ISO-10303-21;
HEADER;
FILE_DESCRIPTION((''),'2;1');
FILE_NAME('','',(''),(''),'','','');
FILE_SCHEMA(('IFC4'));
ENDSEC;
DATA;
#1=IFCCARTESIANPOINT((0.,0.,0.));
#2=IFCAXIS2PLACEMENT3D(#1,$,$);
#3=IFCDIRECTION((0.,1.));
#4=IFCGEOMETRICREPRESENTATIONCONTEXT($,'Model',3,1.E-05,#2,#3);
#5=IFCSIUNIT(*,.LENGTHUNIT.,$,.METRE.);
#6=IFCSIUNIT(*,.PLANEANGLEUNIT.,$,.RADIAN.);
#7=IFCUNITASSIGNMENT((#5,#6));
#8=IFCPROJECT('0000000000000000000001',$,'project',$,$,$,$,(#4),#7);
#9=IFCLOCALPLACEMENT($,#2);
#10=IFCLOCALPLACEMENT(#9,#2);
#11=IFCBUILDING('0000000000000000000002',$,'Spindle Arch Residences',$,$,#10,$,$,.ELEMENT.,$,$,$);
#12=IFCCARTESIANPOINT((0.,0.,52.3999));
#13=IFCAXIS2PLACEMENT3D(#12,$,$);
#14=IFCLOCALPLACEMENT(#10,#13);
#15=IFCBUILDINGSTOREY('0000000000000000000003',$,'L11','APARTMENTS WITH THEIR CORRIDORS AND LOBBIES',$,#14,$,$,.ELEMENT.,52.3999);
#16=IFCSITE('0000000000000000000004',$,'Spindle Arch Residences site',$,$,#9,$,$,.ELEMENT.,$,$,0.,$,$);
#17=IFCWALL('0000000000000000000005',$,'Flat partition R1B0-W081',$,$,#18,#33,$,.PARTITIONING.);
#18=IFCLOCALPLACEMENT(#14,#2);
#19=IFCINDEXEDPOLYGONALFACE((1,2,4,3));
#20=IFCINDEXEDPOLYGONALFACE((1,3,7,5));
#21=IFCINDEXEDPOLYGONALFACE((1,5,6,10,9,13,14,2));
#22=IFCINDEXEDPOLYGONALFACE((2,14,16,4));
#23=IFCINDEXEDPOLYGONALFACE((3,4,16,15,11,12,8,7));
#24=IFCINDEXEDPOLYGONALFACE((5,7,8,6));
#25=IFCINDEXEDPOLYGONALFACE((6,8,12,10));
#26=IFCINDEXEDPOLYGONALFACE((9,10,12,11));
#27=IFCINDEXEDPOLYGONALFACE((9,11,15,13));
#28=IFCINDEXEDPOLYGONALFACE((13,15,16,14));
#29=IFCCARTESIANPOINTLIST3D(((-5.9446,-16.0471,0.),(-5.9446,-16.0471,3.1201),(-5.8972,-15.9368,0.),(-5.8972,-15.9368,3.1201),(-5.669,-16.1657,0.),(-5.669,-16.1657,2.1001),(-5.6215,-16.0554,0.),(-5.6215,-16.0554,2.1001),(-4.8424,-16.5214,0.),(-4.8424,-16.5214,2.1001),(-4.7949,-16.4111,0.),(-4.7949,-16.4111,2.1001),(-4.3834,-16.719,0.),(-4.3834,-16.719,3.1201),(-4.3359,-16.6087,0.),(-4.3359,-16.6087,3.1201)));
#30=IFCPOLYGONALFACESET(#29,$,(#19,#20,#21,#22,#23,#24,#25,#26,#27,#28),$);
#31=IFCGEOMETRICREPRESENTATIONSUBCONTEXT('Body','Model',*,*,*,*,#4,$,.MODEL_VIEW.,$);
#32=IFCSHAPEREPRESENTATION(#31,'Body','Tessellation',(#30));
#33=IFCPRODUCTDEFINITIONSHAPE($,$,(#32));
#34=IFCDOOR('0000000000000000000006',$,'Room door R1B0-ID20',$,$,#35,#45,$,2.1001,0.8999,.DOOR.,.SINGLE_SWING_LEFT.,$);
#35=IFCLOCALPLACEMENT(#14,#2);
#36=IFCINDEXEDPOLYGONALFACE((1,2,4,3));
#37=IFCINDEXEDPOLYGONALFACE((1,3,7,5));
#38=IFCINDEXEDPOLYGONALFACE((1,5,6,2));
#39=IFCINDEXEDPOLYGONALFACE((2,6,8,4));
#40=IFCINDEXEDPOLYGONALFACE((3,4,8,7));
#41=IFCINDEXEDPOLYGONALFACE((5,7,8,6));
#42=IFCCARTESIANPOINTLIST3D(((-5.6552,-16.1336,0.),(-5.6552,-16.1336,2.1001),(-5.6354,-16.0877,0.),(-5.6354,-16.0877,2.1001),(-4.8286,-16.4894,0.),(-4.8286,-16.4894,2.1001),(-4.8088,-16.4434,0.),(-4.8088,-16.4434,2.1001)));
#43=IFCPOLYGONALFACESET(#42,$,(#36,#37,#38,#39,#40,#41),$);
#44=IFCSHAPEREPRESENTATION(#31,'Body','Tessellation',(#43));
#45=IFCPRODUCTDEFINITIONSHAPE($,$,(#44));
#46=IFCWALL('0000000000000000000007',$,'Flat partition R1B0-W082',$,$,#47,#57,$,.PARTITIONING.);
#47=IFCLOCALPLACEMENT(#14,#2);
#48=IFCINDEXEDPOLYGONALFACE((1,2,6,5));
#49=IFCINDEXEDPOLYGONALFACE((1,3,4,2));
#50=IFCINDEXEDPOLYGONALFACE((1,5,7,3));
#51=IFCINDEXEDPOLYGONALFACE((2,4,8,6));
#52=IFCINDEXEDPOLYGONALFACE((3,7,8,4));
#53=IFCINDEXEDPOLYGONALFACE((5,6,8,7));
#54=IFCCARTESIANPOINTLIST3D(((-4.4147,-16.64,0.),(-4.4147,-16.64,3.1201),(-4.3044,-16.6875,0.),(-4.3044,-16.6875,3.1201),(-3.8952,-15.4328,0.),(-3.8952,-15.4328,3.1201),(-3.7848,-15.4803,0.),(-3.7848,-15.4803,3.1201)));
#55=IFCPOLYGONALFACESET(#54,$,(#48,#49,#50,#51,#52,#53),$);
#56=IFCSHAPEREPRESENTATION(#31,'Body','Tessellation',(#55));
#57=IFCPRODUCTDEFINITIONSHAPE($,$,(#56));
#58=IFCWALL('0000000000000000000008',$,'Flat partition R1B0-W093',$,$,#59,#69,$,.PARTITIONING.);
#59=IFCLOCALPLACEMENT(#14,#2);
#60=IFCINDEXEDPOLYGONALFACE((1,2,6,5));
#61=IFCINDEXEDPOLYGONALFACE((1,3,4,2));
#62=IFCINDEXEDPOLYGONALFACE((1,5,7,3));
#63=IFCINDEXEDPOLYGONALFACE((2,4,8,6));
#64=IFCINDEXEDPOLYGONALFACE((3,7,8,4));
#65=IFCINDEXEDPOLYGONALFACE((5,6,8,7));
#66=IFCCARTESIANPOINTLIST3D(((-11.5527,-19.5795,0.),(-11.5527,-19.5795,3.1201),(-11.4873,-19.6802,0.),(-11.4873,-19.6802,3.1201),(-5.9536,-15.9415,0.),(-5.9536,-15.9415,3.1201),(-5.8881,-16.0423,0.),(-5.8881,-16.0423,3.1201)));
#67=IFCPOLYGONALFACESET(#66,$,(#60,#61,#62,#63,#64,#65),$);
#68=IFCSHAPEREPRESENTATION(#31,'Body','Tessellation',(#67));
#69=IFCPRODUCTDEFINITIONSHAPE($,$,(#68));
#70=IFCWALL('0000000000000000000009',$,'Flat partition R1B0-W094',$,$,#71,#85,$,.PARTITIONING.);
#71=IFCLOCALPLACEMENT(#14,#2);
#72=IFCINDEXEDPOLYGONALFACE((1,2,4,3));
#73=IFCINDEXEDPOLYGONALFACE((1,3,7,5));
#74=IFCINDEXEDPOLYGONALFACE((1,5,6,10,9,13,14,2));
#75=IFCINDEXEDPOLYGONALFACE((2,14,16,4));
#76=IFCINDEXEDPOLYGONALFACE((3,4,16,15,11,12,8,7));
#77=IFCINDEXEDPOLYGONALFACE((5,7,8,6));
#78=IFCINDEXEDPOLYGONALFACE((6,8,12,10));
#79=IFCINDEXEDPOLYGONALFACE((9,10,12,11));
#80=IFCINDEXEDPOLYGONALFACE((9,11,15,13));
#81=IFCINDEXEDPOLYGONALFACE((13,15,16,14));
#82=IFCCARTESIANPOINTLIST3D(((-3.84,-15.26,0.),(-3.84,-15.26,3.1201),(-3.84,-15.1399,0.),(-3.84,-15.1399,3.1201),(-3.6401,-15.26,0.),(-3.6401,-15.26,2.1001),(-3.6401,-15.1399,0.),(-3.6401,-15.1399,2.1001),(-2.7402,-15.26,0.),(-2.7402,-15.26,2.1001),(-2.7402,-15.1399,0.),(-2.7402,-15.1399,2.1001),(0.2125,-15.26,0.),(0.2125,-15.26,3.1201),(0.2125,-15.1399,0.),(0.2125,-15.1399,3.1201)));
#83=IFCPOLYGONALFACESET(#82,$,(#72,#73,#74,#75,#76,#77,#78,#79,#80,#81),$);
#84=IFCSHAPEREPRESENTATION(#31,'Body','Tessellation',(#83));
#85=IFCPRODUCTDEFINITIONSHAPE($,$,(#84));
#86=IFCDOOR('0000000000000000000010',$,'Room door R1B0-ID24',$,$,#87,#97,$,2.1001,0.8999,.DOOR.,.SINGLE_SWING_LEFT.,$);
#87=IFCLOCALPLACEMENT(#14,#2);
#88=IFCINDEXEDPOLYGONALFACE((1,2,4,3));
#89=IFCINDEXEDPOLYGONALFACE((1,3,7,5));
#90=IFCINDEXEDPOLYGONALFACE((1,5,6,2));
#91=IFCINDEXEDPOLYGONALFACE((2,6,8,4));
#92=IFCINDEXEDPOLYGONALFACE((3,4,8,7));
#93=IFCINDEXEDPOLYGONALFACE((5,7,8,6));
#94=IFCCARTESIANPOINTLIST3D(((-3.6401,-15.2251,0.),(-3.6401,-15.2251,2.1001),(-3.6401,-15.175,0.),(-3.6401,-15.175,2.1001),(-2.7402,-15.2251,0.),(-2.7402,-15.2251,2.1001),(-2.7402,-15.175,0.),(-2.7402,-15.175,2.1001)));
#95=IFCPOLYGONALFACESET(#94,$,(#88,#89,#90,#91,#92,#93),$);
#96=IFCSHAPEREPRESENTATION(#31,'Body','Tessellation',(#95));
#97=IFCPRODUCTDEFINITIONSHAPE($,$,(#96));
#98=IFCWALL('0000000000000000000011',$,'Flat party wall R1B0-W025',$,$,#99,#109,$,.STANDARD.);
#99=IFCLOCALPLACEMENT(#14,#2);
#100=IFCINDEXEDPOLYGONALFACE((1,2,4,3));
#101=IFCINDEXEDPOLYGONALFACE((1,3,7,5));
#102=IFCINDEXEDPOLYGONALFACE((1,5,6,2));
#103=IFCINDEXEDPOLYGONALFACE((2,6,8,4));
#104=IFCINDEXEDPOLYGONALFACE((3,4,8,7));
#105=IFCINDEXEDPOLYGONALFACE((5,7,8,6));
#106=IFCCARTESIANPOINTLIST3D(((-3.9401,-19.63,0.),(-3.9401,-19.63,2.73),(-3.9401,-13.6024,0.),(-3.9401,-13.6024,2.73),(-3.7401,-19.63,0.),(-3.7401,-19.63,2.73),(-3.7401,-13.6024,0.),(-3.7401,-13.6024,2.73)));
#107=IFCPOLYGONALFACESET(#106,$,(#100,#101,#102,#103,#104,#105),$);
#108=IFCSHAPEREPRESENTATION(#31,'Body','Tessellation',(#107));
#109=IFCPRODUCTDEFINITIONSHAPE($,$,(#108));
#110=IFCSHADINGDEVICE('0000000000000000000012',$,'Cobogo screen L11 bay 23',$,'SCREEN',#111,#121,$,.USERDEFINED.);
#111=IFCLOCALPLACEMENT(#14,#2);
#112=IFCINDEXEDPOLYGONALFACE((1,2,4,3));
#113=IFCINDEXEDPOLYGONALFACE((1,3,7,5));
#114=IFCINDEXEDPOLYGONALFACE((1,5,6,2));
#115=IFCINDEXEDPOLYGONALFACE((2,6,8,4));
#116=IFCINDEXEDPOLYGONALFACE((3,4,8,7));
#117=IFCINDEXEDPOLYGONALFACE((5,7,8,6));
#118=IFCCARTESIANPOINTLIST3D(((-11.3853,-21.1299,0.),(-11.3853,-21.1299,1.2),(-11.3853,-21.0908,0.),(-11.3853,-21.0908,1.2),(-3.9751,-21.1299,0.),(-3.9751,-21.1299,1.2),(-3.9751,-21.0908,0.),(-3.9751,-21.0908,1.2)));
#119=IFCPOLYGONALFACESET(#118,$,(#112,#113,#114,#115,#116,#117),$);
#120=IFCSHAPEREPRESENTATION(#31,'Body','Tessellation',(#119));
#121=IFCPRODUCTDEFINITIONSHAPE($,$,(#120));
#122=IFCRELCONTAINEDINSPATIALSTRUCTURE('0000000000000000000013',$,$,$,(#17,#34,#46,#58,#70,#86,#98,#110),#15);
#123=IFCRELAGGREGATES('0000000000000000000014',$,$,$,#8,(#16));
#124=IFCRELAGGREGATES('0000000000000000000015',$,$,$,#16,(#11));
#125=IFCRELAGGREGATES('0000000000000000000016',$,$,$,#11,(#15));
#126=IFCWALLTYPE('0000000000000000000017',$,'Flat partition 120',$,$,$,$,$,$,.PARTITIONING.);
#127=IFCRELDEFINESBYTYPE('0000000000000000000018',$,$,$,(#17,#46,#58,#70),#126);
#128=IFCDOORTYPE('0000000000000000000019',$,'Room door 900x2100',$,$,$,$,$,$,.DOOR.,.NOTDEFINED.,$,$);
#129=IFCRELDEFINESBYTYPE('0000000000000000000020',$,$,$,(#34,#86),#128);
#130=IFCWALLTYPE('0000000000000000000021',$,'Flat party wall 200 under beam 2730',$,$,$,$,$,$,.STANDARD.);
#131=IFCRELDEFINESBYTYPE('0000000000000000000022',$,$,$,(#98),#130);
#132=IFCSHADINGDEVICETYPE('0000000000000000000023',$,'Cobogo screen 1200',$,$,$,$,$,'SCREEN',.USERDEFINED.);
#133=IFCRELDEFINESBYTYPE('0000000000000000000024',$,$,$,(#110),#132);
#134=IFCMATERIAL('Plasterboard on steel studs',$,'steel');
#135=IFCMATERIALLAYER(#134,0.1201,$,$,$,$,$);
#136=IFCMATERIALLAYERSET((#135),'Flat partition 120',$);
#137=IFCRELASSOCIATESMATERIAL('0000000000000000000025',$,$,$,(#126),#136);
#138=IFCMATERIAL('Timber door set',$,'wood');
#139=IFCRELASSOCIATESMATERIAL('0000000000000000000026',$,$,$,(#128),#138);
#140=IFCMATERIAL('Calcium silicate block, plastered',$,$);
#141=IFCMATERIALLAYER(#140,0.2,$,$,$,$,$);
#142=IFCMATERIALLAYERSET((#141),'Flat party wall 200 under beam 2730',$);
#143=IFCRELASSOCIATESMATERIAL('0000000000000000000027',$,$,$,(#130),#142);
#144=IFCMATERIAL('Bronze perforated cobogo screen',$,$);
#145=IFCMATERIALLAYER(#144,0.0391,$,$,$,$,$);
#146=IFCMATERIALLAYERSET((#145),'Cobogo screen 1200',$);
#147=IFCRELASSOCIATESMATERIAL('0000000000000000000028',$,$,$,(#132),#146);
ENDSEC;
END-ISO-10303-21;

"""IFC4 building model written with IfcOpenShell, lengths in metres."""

from ifc_helpers import new_model, si_unit, direction, frame, frame_2d, origin, origin_2d, place, context, subcontext, project, spatial, rectangle, extrude, material, layer, layer_set, type_object, element, fill, save


model = new_model("IFC4")

# Units and contexts
model_context = context("Model", 3, precision=1e-05, world=origin(), true_north=direction((0.0, 1.0)))
body_context = subcontext(model_context, "Body", "Model", "MODEL_VIEW")
ifc_project = project(units=[si_unit("LENGTHUNIT", "METRE"), si_unit("PLANEANGLEUNIT", "RADIAN")], contexts=[model_context])

# Site, building, storey
site_placement = place(None, origin())
site = spatial("IfcSite", under=ifc_project, at=site_placement, Name="Spindle Arch Residences site", CompositionType="ELEMENT", RefElevation=0.0)
building_placement = place(site_placement, origin())
building = spatial("IfcBuilding", under=site, at=building_placement, Name="Spindle Arch Residences", CompositionType="ELEMENT")
storey_placement = place(building_placement, frame((0.0, 0.0, 52.3999)))
storey = spatial("IfcBuildingStorey", under=building, at=storey_placement, Name="L11", Description="APARTMENTS WITH THEIR CORRIDORS AND LOBBIES", CompositionType="ELEMENT", Elevation=52.3999)

# Wall, opening, door
ifc_material_1 = material(Name="Plasterboard on steel studs", Category="steel")
ifc_layer_1 = layer(ifc_material_1, 0.1201)
ifc_layer_set_1 = layer_set([ifc_layer_1], Name="Flat partition 120")
wall_type_1 = type_object("IfcWallType", Name="Flat partition 120", PredefinedType="PARTITIONING", material=ifc_layer_set_1)
ifc_material_2 = material(Name="Timber door set", Category="wood")
door_type_1 = type_object("IfcDoorType", Name="Room door 900x2100", OperationType="NOTDEFINED", PredefinedType="DOOR", material=ifc_material_2)
wall_1_placement = place(storey_placement, frame((-5.9209, -15.9919, 0.0), z_axis=(0.0, 0.0, 1.0), x_axis=(0.918557, -0.395288, 0.0)))
wall_1 = element("IfcWall", 1, at=wall_1_placement, inside=storey, type_object=wall_type_1, Name="Flat partition R1B0-W081", PredefinedType="PARTITIONING", context=body_context, shape_type="SweptSolid", body=[
    extrude(rectangle(XDim=1.6997, YDim=0.1201, at=frame_2d((0.8499, 0.0))), origin(), (0.0, 0.0, 1.0), 3.1201),
])
opening_1_placement = place(wall_1_placement, frame((0.3, 0.0, 0.0)))
opening_1 = element("IfcOpeningElement", 2, at=opening_1_placement, cuts=wall_1, PredefinedType="OPENING", context=body_context, shape_type="SweptSolid", body=[
    extrude(rectangle(XDim=0.8999, YDim=2.1001, at=frame_2d((0.45, 1.05))), frame((0.0, 0.0701, 0.0), z_axis=(0.0, -1.0, 0.0), x_axis=(1.0, 0.0, 0.0)), (0.0, 0.0, 1.0), 0.1401),
])
door_1_placement = place(opening_1_placement, origin())
door_1 = element("IfcDoor", 3, at=door_1_placement, inside=storey, type_object=door_type_1, Name="Room door R1B0-ID20", OperationType="SINGLE_SWING_LEFT", OverallHeight=2.1001, OverallWidth=0.8999, PredefinedType="DOOR", context=body_context, shape_type="SweptSolid", body=[
    extrude(rectangle(XDim=0.8999, YDim=2.1001, at=frame_2d((0.45, 1.05))), frame((0.0, 0.0249, 0.0), z_axis=(0.0, -1.0, 0.0), x_axis=(1.0, 0.0, 0.0)), (0.0, 0.0, 1.0), 0.05),
])
fill(opening_1, door_1)

# Walls
wall_2_placement = place(storey_placement, frame((-4.3596, -16.6638, 0.0), z_axis=(0.0, 0.0, 1.0), x_axis=(0.395354, 0.918529, 0.0)))
element("IfcWall", 4, at=wall_2_placement, inside=storey, type_object=wall_type_1, Name="Flat partition R1B0-W082", PredefinedType="PARTITIONING", context=body_context, shape_type="SweptSolid", body=[
    extrude(rectangle(XDim=1.3142, YDim=0.1201, at=frame_2d((0.6572, 0.0))), origin(), (0.0, 0.0, 1.0), 3.1201),
])
wall_3_placement = place(storey_placement, frame((-11.52, -19.6299, 0.0), z_axis=(0.0, 0.0, 1.0), x_axis=(0.838546, 0.544832, 0.0)))
element("IfcWall", 5, at=wall_3_placement, inside=storey, type_object=wall_type_1, Name="Flat partition R1B0-W093", PredefinedType="PARTITIONING", context=body_context, shape_type="SweptSolid", body=[
    extrude(rectangle(XDim=6.6772, YDim=0.1201, at=frame_2d((3.3386, 0.0))), origin(), (0.0, 0.0, 1.0), 3.1201),
])

# Wall, opening, door
wall_4_placement = place(storey_placement, frame((-3.8401, -15.2, 0.0), z_axis=(0.0, 0.0, 1.0), x_axis=(1.0, 0.0, 0.0)))
wall_4 = element("IfcWall", 6, at=wall_4_placement, inside=storey, type_object=wall_type_1, Name="Flat partition R1B0-W094", PredefinedType="PARTITIONING", context=body_context, shape_type="SweptSolid", body=[
    extrude(rectangle(XDim=4.0525, YDim=0.1201, at=frame_2d((2.0264, 0.0))), origin(), (0.0, 0.0, 1.0), 3.1201),
])
opening_2_placement = place(wall_4_placement, frame((0.2, 0.0, 0.0)))
opening_2 = element("IfcOpeningElement", 7, at=opening_2_placement, cuts=wall_4, PredefinedType="OPENING", context=body_context, shape_type="SweptSolid", body=[
    extrude(rectangle(XDim=0.8999, YDim=2.1001, at=frame_2d((0.45, 1.05))), frame((0.0, 0.0701, 0.0), z_axis=(0.0, -1.0, 0.0), x_axis=(1.0, 0.0, 0.0)), (0.0, 0.0, 1.0), 0.1401),
])
door_2_placement = place(opening_2_placement, origin())
door_2 = element("IfcDoor", 8, at=door_2_placement, inside=storey, type_object=door_type_1, Name="Room door R1B0-ID24", OperationType="SINGLE_SWING_LEFT", OverallHeight=2.1001, OverallWidth=0.8999, PredefinedType="DOOR", context=body_context, shape_type="SweptSolid", body=[
    extrude(rectangle(XDim=0.8999, YDim=2.1001, at=frame_2d((0.45, 1.05))), frame((0.0, 0.0249, 0.0), z_axis=(0.0, -1.0, 0.0), x_axis=(1.0, 0.0, 0.0)), (0.0, 0.0, 1.0), 0.05),
])
fill(opening_2, door_2)

# Wall
ifc_material_3 = material(Name="Calcium silicate block, plastered")
ifc_layer_2 = layer(ifc_material_3, 0.2)
ifc_layer_set_2 = layer_set([ifc_layer_2], Name="Flat party wall 200 under beam 2730")
wall_type_2 = type_object("IfcWallType", Name="Flat party wall 200 under beam 2730", PredefinedType="STANDARD", material=ifc_layer_set_2)
wall_5_placement = place(storey_placement, frame((-3.8401, -19.6299, 0.0), z_axis=(0.0, 0.0, 1.0), x_axis=(0.0, 1.0, 0.0)))
element("IfcWall", 9, at=wall_5_placement, inside=storey, type_object=wall_type_2, Name="Flat party wall R1B0-W025", PredefinedType="STANDARD", context=body_context, shape_type="SweptSolid", body=[
    extrude(rectangle(XDim=6.0276, YDim=0.2, at=frame_2d((3.0137, 0.0))), origin(), (0.0, 0.0, 1.0), 2.73),
])

# Shading device
ifc_material_4 = material(Name="Bronze perforated cobogo screen")
ifc_layer_3 = layer(ifc_material_4, 0.0391)
ifc_layer_set_3 = layer_set([ifc_layer_3], Name="Cobogo screen 1200")
shading_device_type = type_object("IfcShadingDeviceType", Name="Cobogo screen 1200", ElementType="SCREEN", PredefinedType="USERDEFINED", material=ifc_layer_set_3)
shading_device_placement = place(storey_placement, frame((-7.6802, -21.1104, 0.0), z_axis=(0.0, 0.0, 1.0), x_axis=(1.0, 0.0, 0.0)))
element("IfcShadingDevice", 10, at=shading_device_placement, inside=storey, type_object=shading_device_type, Name="Cobogo screen L11 bay 23", ObjectType="SCREEN", PredefinedType="USERDEFINED", context=body_context, shape_type="SweptSolid", body=[
    extrude(rectangle(XDim=7.4102, YDim=0.0391, at=origin_2d()), origin(), (0.0, 0.0, 1.0), 1.2),
])

save(model, "model.ifc")
